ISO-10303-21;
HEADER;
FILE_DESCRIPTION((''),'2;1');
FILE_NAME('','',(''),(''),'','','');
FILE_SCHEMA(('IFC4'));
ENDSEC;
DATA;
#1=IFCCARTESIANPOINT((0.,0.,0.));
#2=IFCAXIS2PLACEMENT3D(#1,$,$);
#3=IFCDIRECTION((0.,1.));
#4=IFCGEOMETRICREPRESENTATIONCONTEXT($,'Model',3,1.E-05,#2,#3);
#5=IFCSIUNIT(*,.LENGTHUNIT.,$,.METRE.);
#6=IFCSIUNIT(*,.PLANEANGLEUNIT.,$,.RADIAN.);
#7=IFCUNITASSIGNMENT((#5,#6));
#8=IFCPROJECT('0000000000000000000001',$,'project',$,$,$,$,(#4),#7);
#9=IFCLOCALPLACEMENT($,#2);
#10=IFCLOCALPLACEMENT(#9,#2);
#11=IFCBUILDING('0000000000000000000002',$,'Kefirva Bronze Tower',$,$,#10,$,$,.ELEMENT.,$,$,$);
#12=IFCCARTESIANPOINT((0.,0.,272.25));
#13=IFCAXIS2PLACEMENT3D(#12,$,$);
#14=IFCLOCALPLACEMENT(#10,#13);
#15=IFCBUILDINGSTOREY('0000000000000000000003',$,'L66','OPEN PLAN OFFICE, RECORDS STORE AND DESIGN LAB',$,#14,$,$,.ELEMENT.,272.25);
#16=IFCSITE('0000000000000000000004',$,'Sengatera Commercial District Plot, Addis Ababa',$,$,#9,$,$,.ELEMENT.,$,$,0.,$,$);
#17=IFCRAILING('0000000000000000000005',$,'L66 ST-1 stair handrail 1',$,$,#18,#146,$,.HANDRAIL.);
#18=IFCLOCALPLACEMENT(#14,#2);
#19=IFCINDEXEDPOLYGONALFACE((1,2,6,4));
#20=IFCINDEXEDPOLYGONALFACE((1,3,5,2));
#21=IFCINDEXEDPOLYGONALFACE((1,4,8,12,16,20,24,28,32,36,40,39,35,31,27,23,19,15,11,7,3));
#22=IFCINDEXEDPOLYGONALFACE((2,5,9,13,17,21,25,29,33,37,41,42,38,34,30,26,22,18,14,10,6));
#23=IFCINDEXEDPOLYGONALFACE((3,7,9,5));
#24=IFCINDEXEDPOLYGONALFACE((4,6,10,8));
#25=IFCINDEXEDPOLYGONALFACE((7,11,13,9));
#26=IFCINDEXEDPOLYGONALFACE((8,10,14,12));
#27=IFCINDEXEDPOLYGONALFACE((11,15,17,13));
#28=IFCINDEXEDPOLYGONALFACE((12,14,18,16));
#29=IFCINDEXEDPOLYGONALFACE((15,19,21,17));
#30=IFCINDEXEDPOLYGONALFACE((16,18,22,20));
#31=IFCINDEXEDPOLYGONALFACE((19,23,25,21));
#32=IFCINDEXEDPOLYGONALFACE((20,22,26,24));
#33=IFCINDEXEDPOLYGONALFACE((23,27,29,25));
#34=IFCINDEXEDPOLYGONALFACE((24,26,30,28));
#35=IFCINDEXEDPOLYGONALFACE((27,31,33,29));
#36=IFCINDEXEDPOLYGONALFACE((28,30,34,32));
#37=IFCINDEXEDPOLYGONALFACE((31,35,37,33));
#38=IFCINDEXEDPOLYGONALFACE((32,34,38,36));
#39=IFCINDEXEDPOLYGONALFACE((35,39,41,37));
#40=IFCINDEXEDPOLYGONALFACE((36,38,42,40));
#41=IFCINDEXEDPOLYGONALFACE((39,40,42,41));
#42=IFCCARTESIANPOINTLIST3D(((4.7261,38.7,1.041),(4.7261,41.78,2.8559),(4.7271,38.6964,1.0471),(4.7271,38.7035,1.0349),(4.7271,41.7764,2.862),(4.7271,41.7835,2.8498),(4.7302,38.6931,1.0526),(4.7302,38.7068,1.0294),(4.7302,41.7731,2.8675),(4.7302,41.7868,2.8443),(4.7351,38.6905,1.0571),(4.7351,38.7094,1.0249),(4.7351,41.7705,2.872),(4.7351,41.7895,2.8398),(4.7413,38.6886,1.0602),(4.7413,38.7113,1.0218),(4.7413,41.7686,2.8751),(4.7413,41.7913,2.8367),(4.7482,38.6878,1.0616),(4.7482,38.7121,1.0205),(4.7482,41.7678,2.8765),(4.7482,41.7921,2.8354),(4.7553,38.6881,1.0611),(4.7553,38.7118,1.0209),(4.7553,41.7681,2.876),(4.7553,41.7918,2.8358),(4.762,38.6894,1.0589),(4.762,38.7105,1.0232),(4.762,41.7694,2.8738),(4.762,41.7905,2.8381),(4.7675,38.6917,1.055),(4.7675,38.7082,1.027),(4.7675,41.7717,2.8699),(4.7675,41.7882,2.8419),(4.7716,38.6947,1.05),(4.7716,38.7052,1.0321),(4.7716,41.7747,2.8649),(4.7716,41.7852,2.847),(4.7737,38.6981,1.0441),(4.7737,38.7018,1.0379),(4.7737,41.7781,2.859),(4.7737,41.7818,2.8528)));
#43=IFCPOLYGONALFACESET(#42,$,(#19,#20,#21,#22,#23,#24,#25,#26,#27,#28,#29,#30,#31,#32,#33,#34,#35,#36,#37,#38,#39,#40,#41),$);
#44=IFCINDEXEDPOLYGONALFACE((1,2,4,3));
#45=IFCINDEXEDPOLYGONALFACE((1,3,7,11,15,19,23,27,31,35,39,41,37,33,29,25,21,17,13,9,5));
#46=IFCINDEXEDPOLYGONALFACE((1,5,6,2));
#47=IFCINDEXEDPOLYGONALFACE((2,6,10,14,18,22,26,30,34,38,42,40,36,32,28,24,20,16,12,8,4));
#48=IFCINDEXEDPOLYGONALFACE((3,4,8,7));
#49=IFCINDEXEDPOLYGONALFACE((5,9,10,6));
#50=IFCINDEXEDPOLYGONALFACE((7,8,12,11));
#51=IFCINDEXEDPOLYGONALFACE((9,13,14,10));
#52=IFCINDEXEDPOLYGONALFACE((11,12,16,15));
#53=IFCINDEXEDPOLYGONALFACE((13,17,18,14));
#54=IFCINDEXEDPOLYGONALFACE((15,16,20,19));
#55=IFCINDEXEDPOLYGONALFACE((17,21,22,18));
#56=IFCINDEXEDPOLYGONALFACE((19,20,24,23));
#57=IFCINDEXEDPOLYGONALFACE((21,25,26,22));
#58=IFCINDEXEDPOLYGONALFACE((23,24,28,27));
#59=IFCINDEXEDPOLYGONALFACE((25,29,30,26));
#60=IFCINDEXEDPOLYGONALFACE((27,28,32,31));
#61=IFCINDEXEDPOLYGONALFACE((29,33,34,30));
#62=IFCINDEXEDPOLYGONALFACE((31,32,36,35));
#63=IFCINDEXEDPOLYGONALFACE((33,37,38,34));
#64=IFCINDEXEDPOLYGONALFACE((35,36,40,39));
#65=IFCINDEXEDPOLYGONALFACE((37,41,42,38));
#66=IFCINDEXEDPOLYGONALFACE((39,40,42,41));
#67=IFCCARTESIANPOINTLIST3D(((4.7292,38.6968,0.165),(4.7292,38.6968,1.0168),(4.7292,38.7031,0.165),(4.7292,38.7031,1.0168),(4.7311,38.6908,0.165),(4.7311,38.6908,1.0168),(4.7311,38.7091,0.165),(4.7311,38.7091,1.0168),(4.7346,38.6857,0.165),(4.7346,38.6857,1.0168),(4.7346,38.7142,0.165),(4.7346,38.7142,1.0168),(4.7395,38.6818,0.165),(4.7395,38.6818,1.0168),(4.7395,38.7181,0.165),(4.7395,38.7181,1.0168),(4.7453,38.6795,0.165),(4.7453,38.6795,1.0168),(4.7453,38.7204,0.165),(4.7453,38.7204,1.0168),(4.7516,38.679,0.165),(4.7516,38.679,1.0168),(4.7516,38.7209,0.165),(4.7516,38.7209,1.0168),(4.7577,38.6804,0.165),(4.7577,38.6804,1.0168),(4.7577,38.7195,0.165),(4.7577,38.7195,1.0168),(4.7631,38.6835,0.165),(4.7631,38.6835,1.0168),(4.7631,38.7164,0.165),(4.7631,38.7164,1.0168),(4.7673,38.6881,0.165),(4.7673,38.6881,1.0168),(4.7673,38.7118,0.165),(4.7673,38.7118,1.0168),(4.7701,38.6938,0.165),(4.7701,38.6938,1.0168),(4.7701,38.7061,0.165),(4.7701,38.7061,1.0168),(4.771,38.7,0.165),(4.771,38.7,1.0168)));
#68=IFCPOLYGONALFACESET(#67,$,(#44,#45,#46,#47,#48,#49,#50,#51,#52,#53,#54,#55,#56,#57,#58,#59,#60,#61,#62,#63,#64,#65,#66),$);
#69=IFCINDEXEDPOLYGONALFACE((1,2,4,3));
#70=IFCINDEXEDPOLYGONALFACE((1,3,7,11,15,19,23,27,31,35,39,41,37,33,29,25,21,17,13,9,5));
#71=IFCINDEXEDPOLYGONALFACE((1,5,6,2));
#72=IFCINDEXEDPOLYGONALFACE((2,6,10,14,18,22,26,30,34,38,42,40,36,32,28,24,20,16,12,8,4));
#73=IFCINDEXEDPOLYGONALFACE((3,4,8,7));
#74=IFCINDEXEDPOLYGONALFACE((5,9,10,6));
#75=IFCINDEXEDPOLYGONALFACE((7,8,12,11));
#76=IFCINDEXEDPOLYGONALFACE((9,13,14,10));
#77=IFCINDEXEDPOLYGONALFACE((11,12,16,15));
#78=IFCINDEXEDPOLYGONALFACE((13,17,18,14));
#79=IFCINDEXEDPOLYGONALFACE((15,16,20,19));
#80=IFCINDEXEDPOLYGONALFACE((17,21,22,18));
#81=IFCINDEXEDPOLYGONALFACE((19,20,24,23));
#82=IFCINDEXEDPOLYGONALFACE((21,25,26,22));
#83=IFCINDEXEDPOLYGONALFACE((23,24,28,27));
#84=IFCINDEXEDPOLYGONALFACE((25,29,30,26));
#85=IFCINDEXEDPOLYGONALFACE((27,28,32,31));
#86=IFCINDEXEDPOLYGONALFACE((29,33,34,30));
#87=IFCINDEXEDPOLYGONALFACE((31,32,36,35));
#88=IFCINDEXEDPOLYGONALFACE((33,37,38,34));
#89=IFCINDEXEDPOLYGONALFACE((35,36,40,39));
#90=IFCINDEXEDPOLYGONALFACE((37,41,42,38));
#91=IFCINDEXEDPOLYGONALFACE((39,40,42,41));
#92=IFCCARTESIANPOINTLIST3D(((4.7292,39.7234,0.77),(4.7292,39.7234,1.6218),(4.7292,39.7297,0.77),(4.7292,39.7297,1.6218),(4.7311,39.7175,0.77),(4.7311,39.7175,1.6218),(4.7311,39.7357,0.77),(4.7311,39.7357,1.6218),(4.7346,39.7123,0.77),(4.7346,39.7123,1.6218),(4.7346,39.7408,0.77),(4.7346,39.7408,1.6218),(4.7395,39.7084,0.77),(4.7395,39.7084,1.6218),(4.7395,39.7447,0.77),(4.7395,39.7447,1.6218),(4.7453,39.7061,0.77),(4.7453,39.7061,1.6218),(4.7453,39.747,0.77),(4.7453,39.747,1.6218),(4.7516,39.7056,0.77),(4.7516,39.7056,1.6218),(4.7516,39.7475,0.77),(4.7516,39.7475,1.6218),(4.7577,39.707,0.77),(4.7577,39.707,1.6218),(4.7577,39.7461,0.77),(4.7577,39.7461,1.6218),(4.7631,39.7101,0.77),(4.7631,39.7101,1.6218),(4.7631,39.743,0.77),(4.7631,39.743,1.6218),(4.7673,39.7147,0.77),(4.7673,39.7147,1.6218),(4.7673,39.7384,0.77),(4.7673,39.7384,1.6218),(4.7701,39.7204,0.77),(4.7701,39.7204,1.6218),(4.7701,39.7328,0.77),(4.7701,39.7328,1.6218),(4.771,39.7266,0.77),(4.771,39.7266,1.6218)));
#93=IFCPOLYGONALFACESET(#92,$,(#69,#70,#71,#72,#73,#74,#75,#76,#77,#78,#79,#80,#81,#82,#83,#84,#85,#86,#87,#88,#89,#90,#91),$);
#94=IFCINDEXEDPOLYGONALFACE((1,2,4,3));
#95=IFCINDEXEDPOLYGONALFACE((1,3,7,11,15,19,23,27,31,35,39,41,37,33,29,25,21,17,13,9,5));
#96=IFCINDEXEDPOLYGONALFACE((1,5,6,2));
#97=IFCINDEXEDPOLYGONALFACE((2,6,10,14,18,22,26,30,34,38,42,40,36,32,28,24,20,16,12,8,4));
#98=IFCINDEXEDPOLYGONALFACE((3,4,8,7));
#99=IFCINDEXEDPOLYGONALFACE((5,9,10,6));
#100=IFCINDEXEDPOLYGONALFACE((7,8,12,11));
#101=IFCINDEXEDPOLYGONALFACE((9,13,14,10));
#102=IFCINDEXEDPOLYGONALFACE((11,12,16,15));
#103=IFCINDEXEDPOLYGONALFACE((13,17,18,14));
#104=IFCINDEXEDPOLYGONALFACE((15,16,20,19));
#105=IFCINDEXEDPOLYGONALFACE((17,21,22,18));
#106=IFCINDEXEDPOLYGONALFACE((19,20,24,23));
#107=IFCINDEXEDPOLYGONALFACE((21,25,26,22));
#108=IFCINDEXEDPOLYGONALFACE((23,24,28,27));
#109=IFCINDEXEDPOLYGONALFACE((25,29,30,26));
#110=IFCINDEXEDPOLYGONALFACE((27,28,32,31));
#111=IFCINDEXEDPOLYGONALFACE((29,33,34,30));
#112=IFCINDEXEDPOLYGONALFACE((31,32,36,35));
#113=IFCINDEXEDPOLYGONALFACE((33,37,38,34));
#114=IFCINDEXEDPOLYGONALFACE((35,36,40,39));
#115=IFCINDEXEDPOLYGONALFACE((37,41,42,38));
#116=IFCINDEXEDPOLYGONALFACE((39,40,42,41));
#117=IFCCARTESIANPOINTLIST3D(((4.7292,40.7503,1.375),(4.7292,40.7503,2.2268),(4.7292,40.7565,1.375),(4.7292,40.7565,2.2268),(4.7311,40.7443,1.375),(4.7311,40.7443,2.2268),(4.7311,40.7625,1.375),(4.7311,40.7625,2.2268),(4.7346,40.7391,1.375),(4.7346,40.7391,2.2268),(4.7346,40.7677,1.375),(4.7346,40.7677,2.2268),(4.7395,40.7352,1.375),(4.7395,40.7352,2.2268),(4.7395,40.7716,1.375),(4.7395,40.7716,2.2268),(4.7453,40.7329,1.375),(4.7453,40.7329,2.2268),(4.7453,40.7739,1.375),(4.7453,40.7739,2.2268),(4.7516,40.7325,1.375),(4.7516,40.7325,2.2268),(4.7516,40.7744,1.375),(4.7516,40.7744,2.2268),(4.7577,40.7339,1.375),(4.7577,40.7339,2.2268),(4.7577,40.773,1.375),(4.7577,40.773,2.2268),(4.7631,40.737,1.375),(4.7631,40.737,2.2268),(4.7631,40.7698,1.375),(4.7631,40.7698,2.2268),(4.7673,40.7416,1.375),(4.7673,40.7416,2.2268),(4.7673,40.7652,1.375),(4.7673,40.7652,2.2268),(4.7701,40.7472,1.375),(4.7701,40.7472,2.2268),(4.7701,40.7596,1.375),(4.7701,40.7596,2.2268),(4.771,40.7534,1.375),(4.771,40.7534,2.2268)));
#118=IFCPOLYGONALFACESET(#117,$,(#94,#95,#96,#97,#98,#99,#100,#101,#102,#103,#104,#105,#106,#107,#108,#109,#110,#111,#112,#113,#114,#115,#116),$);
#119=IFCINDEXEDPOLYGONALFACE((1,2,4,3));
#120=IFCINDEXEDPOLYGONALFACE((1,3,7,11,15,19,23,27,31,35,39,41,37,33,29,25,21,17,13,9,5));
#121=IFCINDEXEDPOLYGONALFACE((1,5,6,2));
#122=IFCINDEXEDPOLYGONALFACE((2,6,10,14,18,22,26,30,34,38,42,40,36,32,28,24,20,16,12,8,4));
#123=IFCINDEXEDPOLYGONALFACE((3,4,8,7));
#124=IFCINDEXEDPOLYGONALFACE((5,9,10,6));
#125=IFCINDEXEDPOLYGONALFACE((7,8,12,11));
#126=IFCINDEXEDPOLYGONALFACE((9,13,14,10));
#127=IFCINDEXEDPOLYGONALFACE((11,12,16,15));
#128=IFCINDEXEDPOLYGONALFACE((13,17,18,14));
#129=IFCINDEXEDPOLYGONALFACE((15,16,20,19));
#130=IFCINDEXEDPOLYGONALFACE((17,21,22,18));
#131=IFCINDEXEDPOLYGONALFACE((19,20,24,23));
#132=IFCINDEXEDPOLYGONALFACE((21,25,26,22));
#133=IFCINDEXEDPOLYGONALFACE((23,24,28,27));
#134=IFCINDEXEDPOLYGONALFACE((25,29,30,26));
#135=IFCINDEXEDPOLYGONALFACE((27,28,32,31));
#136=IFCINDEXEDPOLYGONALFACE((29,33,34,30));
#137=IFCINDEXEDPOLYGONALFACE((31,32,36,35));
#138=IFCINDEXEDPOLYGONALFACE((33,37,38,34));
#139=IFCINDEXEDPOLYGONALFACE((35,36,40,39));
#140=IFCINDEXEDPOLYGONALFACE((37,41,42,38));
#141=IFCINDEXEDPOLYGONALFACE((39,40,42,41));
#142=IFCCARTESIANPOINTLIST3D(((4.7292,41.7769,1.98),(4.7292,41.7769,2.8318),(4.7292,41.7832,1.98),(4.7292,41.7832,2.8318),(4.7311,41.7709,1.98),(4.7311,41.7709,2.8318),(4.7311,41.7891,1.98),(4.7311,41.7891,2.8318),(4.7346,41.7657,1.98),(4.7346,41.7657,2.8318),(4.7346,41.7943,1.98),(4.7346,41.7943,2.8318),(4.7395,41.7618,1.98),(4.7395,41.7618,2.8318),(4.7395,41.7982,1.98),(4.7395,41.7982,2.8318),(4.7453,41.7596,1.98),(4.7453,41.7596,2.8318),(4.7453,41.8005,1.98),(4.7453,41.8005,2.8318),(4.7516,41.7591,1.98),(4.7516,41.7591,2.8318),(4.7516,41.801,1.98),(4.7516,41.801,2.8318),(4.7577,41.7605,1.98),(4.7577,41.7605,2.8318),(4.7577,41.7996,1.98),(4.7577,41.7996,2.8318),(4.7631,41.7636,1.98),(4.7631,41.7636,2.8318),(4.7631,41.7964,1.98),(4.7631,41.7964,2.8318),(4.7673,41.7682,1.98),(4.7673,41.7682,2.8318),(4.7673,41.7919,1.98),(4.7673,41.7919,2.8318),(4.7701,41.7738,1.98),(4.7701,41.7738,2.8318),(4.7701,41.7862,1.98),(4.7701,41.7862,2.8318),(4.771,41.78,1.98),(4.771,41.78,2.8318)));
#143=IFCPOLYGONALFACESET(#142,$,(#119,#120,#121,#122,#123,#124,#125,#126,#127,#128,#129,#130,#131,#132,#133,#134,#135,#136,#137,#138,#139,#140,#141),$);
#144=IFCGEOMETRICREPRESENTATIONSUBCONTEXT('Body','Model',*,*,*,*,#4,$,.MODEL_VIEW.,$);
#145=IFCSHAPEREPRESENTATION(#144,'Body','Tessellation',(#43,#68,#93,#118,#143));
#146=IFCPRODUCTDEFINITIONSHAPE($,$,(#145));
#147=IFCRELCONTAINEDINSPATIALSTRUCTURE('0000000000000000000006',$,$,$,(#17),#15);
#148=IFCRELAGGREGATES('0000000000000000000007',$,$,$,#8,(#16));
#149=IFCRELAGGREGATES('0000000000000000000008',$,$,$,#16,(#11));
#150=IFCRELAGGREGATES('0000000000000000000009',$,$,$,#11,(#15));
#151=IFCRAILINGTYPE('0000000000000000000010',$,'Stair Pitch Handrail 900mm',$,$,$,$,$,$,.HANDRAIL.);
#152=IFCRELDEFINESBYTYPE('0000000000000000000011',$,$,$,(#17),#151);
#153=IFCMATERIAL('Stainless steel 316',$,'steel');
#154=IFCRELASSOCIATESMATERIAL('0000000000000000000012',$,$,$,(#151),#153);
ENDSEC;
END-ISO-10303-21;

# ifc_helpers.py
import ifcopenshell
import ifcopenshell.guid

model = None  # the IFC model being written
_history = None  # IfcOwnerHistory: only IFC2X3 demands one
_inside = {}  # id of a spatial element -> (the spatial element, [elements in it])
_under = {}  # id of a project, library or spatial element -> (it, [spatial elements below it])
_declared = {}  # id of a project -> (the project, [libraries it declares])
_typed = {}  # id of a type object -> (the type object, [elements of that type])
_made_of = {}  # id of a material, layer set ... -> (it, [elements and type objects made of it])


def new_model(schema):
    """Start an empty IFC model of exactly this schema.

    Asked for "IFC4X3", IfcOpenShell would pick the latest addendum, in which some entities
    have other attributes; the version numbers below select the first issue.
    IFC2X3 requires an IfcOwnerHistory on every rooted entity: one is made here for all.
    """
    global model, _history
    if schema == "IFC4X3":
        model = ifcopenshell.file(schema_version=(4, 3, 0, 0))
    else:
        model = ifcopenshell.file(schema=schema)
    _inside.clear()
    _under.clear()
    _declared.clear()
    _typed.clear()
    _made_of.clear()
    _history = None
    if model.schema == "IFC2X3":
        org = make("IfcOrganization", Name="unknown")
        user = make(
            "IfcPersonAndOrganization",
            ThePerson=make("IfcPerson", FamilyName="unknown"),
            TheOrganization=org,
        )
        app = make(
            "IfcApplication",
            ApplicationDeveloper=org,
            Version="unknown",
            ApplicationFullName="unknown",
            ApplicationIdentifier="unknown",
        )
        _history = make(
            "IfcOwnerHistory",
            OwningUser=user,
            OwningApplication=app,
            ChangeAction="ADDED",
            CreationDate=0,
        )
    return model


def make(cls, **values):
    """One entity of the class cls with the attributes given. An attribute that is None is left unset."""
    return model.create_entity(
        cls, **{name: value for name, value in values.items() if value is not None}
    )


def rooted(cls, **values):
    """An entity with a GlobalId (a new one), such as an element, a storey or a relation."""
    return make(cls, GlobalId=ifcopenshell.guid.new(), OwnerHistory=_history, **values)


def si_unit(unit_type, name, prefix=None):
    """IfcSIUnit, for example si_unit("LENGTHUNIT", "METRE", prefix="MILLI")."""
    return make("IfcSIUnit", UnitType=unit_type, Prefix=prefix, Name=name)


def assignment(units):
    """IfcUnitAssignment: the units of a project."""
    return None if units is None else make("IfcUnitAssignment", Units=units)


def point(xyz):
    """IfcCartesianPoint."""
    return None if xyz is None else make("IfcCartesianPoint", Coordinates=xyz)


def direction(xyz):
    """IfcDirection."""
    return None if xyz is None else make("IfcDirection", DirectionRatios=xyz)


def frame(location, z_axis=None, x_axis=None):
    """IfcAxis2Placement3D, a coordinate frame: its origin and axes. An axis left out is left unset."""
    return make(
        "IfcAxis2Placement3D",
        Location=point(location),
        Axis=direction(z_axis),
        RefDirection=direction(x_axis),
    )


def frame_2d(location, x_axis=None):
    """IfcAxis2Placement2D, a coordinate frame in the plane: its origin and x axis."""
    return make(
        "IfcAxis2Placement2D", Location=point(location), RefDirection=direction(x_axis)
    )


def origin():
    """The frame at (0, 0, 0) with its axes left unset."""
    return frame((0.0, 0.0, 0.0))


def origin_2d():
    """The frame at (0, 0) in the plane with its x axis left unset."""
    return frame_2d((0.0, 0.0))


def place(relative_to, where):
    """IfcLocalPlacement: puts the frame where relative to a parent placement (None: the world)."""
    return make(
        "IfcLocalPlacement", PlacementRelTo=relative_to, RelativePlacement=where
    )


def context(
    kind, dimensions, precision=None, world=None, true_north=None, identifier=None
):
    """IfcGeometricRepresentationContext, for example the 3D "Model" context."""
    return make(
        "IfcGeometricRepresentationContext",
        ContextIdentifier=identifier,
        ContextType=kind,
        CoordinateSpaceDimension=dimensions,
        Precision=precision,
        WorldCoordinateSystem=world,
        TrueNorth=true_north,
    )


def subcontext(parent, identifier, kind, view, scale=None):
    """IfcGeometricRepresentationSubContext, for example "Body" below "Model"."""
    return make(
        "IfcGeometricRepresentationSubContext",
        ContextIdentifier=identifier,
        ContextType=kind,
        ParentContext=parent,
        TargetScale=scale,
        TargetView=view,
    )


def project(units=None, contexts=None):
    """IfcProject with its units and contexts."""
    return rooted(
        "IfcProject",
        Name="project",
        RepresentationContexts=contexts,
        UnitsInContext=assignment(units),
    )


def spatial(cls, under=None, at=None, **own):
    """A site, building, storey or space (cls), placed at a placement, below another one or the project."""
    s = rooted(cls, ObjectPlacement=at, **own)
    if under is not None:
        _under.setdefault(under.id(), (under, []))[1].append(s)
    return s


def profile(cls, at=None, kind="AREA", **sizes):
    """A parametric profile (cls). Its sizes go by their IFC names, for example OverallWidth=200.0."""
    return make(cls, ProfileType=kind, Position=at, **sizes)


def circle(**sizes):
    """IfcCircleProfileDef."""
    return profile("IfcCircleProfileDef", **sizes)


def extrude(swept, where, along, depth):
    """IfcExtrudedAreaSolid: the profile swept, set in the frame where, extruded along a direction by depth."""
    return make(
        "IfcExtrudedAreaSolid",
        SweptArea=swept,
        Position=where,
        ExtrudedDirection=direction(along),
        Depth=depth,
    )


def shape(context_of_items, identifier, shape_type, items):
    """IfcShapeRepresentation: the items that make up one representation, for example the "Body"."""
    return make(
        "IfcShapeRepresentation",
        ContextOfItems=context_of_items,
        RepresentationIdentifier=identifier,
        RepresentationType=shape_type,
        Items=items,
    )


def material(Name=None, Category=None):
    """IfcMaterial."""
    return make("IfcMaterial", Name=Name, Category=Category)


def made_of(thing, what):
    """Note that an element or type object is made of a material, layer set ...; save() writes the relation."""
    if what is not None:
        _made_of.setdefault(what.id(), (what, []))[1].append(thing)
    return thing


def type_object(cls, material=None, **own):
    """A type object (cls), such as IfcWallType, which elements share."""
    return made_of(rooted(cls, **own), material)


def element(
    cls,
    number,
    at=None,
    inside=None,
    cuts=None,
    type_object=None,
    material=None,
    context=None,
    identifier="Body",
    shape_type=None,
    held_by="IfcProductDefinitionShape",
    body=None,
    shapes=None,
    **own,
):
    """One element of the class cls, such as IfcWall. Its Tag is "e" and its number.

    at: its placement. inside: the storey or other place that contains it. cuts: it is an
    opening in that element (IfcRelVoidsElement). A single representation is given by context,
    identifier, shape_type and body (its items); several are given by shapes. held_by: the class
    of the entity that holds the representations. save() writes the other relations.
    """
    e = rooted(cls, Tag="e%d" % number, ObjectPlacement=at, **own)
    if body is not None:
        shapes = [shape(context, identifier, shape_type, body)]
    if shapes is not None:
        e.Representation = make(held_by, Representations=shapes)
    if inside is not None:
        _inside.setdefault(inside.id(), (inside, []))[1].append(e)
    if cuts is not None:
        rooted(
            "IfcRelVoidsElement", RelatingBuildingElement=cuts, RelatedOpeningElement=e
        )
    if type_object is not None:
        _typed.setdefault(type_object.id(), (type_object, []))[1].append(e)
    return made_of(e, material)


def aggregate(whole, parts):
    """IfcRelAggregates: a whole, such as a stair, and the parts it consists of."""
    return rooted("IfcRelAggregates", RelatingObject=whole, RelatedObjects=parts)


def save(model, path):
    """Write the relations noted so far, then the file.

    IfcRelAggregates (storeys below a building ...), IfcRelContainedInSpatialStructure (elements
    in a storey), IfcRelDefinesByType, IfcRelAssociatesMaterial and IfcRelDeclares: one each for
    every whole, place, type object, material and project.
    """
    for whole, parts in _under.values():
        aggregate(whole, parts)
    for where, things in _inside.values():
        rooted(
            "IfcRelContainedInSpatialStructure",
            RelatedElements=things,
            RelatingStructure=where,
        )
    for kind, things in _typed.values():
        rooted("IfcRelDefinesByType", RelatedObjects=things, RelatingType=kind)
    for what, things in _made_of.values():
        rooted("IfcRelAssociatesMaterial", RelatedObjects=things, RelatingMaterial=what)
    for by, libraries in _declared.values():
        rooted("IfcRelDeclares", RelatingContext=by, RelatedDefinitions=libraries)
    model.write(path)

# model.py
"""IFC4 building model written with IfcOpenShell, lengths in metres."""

from ifc_helpers import new_model, si_unit, direction, frame, origin, origin_2d, place, context, subcontext, project, spatial, circle, extrude, material, type_object, element, save


model = new_model("IFC4")

# Units and contexts
model_context = context("Model", 3, precision=1e-05, world=origin(), true_north=direction((0.0, 1.0)))
body_context = subcontext(model_context, "Body", "Model", "MODEL_VIEW")
ifc_project = project(units=[si_unit("LENGTHUNIT", "METRE"), si_unit("PLANEANGLEUNIT", "RADIAN")], contexts=[model_context])

# Site, building, storey
site_placement = place(None, origin())
site = spatial("IfcSite", under=ifc_project, at=site_placement, Name="Sengatera Commercial District Plot, Addis Ababa", CompositionType="ELEMENT", RefElevation=0.0)
building_placement = place(site_placement, origin())
building = spatial("IfcBuilding", under=site, at=building_placement, Name="Kefirva Bronze Tower", CompositionType="ELEMENT")
storey_placement = place(building_placement, frame((0.0, 0.0, 272.25)))
storey = spatial("IfcBuildingStorey", under=building, at=storey_placement, Name="L66", Description="OPEN PLAN OFFICE, RECORDS STORE AND DESIGN LAB", CompositionType="ELEMENT", Elevation=272.25)

# Shared definitions
ifc_material_1 = material(Name="Stainless steel 316", Category="steel")

# Railing
railing_type = type_object("IfcRailingType", Name="Stair Pitch Handrail 900mm", PredefinedType="HANDRAIL", material=ifc_material_1)
railing_placement = place(storey_placement, frame((4.75, 38.7, 0.165)))
element("IfcRailing", 1, at=railing_placement, inside=storey, type_object=railing_type, Name="L66 ST-1 stair handrail 1", PredefinedType="HANDRAIL", context=body_context, shape_type="SweptSolid", body=[
    extrude(circle(Radius=0.0239, at=origin_2d()), frame((0.0, 0.0, 0.876), z_axis=(0.0, 0.861551, 0.507671), x_axis=(-1.0, 0.0, 0.0)), (0.0, 0.0, 1.0), 3.575),
    extrude(circle(Radius=0.021, at=origin_2d()), origin(), (0.0, 0.0, 1.0), 0.8518),
    extrude(circle(Radius=0.021, at=origin_2d()), frame((0.0, 1.0266, 0.605)), (0.0, 0.0, 1.0), 0.8518),
    extrude(circle(Radius=0.021, at=origin_2d()), frame((0.0, 2.0535, 1.21)), (0.0, 0.0, 1.0), 0.8518),
    extrude(circle(Radius=0.021, at=origin_2d()), frame((0.0, 3.0801, 1.8149)), (0.0, 0.0, 1.0), 0.8518),
])

save(model, "model.ifc")
